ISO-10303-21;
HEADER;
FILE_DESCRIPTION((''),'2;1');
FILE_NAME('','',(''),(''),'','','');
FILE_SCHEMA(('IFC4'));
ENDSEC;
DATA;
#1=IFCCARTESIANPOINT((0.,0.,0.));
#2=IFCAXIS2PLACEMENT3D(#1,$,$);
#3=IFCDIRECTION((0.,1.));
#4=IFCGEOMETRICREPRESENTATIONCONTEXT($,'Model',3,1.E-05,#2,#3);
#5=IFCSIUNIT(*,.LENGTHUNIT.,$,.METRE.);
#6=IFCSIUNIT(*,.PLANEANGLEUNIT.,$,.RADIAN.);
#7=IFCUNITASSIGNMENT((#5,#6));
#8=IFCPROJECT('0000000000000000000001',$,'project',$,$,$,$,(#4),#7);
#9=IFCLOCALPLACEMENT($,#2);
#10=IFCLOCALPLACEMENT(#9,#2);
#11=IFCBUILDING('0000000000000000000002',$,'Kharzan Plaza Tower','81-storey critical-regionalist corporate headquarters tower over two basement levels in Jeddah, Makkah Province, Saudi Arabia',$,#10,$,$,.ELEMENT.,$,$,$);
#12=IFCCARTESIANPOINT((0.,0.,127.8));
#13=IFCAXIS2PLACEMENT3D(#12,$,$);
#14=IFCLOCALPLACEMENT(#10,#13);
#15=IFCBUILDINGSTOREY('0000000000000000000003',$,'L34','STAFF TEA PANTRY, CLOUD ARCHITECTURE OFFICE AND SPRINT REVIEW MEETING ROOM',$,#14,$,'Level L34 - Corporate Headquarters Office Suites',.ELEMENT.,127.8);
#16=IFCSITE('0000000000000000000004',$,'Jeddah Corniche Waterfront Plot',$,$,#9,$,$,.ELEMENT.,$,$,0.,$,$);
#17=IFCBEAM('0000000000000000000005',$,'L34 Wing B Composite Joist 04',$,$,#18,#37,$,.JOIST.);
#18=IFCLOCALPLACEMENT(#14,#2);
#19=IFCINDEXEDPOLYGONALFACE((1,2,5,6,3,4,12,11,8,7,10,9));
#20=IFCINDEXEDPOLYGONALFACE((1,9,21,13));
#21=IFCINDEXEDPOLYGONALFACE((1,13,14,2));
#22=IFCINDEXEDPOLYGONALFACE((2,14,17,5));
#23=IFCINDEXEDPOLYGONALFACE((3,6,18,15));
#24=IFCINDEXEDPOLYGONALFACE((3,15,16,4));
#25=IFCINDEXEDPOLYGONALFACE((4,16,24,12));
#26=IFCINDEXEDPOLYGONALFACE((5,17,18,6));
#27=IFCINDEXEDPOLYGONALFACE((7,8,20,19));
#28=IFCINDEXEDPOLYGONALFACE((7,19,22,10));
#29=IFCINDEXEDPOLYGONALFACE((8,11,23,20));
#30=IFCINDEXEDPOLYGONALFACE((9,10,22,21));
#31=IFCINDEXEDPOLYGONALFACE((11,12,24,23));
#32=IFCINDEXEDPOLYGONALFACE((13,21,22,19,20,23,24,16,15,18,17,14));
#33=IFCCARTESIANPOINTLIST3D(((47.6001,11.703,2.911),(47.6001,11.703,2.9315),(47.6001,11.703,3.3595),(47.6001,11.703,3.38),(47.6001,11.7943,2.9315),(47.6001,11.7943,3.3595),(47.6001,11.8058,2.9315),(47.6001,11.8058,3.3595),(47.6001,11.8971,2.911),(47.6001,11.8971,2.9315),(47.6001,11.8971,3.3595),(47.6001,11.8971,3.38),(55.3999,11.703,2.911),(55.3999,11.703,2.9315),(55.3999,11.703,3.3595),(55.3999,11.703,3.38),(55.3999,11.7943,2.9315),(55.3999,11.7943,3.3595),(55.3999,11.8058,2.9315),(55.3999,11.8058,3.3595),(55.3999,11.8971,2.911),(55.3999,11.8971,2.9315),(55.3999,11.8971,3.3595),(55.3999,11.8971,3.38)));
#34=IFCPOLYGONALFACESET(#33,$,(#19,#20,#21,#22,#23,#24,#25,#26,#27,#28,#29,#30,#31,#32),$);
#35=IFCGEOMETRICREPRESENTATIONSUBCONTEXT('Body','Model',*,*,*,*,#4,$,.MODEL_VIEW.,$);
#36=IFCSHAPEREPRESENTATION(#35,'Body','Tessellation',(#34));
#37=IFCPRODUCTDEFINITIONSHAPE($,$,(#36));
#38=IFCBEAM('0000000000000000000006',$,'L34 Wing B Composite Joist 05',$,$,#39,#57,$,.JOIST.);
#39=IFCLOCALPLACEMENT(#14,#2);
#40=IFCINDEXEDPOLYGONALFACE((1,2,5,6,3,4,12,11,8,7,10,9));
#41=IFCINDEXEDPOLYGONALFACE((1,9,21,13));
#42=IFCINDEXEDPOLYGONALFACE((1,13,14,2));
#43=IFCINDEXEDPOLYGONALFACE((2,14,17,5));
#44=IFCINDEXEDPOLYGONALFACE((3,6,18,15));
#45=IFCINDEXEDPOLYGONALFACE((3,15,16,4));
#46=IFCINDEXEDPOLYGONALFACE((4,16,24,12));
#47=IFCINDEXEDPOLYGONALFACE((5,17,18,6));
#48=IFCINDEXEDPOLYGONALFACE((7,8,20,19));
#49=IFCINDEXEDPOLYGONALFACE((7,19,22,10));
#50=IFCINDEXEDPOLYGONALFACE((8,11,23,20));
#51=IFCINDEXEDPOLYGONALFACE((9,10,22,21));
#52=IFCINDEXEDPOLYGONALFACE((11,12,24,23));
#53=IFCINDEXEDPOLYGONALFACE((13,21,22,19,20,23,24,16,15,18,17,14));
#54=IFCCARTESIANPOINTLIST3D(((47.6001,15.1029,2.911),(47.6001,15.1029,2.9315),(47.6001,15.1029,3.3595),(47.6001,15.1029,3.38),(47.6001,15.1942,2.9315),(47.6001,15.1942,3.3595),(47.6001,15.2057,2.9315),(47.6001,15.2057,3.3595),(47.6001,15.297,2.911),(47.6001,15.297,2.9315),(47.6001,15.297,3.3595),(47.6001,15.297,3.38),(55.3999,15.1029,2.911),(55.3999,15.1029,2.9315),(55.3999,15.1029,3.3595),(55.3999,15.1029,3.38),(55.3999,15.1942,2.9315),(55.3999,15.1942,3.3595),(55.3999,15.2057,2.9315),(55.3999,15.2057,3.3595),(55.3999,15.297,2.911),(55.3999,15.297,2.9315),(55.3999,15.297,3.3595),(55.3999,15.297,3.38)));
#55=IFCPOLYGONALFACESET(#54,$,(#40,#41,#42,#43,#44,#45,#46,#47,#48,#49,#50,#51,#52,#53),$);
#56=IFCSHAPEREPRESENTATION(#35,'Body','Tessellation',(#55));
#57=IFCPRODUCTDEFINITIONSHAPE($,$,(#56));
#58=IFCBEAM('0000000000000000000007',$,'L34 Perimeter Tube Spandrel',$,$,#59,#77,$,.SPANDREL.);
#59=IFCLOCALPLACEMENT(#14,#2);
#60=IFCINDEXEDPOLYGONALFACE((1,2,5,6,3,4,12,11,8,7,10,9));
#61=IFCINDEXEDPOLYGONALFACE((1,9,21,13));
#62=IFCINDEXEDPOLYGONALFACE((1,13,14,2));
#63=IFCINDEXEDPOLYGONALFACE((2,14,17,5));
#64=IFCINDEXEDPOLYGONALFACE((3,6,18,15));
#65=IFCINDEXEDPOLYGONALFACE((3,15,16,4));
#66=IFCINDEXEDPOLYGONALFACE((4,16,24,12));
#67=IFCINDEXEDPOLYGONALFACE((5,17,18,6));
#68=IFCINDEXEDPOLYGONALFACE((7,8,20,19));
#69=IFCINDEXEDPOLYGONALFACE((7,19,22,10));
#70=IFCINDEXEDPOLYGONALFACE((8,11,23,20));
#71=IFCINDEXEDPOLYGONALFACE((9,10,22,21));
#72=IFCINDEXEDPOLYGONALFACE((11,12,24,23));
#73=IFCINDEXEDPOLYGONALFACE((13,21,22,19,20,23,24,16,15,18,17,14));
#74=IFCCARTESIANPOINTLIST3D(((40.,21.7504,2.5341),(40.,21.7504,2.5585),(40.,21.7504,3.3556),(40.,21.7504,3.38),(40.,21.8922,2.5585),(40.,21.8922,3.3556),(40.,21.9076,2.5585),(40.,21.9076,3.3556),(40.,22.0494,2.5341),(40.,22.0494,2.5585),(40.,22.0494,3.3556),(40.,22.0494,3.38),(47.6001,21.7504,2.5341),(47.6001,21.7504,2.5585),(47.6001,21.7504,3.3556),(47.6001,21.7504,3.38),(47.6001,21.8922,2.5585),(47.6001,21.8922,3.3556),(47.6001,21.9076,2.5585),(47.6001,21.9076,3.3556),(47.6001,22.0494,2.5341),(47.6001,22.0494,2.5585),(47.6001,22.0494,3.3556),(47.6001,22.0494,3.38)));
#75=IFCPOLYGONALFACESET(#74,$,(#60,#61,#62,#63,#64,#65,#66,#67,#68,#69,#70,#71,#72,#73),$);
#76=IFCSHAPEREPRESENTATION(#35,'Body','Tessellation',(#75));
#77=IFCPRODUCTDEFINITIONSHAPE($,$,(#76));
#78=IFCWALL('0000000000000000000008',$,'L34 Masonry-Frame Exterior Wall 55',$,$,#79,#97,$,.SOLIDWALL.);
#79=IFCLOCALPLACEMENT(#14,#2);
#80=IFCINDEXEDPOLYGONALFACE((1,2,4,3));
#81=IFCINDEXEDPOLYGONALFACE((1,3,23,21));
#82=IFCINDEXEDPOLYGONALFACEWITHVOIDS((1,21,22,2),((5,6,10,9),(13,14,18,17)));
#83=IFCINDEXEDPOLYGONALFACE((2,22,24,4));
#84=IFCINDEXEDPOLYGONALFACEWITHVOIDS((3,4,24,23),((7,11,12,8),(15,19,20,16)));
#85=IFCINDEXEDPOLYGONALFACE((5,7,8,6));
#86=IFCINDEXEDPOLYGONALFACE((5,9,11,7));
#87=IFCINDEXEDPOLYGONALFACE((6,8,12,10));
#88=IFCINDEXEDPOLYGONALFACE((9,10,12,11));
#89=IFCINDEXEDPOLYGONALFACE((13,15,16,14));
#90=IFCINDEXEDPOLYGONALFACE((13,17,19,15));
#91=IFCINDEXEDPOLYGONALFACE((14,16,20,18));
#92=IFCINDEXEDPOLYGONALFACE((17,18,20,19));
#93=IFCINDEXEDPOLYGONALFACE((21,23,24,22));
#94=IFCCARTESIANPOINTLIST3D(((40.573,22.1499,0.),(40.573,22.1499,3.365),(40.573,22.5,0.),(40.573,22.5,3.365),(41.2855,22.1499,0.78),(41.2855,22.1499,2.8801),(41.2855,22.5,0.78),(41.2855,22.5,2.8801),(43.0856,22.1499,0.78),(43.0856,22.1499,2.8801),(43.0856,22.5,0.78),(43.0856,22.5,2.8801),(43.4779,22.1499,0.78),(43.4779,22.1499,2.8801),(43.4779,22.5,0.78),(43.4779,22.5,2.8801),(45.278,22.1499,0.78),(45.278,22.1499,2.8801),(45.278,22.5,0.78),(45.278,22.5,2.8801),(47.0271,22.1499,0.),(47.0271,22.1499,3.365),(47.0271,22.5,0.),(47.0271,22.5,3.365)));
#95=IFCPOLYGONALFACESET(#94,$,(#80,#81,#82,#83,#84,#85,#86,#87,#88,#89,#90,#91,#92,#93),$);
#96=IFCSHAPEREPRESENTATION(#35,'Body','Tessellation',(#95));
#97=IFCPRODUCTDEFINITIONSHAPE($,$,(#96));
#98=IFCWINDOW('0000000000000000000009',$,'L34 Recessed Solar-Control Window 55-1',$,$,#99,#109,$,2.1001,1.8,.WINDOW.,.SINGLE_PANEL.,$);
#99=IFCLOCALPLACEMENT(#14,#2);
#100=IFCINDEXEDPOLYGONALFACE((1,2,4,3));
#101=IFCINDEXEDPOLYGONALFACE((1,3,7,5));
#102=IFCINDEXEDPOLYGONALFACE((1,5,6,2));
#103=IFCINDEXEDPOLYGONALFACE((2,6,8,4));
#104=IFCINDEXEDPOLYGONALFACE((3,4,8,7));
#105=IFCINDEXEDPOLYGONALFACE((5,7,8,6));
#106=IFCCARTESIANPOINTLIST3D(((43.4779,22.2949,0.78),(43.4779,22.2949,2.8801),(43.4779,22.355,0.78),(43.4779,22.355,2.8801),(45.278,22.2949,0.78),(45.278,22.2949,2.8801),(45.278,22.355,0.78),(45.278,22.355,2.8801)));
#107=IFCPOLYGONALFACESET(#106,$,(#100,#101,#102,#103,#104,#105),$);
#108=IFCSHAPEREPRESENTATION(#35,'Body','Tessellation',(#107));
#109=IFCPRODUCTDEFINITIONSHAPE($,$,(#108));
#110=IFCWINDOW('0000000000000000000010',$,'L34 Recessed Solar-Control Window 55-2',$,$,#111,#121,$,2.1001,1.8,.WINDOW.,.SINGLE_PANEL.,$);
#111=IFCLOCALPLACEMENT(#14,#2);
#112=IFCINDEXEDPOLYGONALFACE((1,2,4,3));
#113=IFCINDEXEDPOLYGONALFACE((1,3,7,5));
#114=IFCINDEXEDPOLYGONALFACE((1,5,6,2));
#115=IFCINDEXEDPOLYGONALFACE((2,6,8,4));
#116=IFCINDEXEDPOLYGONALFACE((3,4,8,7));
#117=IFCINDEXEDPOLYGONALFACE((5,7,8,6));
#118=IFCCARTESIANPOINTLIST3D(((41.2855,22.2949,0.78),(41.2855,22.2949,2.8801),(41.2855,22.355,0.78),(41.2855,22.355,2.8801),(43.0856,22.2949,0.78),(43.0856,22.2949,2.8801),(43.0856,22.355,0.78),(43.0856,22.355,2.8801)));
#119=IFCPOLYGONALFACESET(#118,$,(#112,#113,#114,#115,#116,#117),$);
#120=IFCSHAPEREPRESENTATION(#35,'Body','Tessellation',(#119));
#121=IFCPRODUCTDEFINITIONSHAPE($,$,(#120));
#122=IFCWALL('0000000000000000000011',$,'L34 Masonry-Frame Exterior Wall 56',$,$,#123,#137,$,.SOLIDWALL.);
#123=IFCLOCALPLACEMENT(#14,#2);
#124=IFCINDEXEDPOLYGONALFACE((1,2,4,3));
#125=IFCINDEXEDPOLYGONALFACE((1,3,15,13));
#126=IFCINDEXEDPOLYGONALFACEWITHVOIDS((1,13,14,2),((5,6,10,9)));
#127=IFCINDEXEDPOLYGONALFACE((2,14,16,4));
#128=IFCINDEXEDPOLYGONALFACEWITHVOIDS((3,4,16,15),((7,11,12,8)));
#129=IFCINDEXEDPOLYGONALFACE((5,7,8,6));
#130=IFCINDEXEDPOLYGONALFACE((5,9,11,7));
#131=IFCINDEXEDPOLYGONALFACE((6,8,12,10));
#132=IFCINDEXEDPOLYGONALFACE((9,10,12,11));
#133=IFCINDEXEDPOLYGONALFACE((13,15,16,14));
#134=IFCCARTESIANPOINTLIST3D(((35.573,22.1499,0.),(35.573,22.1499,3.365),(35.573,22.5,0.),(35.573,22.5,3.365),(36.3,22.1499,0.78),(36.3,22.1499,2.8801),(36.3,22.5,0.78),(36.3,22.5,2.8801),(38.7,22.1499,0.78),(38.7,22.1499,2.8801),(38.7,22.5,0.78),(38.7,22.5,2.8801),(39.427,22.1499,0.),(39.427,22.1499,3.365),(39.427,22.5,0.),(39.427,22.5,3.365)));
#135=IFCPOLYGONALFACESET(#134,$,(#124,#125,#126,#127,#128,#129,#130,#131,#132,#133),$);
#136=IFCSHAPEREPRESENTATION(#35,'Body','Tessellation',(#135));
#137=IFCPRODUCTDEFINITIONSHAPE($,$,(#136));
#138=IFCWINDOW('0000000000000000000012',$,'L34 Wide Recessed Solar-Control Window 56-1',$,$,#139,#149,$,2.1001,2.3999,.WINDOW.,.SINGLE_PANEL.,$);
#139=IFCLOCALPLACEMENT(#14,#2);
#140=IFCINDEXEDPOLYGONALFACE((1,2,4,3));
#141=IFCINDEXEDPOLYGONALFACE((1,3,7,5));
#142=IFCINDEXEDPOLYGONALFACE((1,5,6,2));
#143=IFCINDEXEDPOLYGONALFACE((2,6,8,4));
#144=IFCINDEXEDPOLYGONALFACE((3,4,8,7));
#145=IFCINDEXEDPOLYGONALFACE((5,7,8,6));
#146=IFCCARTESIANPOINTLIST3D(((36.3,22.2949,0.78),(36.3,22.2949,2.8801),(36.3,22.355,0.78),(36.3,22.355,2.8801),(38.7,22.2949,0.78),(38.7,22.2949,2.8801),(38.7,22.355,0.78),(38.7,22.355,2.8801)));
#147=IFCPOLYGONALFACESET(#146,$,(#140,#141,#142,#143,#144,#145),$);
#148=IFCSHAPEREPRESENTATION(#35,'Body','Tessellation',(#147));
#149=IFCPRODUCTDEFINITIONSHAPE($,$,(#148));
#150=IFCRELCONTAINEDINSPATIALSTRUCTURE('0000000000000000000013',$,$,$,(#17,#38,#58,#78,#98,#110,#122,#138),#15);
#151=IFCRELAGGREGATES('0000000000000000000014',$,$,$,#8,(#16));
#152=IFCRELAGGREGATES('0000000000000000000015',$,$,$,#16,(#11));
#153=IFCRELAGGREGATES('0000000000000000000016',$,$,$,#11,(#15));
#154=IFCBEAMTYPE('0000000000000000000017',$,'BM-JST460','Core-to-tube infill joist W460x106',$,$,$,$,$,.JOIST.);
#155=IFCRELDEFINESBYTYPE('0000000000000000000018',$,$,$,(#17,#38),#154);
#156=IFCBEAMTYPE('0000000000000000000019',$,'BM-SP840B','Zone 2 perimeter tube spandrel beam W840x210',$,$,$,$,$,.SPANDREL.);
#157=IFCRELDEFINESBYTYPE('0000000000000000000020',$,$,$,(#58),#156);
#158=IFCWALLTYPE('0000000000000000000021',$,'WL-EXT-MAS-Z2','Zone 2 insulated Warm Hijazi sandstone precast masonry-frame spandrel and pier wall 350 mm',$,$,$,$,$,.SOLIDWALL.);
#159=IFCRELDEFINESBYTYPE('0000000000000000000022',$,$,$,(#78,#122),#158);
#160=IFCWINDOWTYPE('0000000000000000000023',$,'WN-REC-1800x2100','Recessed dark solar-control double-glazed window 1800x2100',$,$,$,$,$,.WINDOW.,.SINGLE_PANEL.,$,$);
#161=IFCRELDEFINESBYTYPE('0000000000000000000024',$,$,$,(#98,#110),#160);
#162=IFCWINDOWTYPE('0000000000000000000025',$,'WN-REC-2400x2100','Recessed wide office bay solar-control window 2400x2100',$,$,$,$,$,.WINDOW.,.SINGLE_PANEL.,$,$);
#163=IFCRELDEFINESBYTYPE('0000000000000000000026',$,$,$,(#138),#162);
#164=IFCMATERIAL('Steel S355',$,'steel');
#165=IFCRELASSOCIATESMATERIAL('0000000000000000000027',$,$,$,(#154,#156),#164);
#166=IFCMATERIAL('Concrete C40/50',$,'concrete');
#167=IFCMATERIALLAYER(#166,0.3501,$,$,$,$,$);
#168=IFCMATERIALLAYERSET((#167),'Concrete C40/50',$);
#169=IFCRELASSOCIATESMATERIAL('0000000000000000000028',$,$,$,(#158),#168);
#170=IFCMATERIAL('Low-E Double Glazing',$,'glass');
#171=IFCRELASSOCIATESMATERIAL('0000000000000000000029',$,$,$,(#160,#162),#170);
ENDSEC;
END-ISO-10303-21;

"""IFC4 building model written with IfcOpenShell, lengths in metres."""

from ifc_helpers import new_model, si_unit, direction, frame, frame_2d, origin, origin_2d, place, context, subcontext, project, spatial, rectangle, i_section, extrude, source, transform, mapped, material, layer, layer_set, material_profile, profile_set, type_object, element, fill, save


model = new_model("IFC4")

# Units and contexts
model_context = context("Model", 3, precision=1e-05, world=origin(), true_north=direction((0.0, 1.0)))
body_context = subcontext(model_context, "Body", "Model", "MODEL_VIEW")
ifc_project = project(units=[si_unit("LENGTHUNIT", "METRE"), si_unit("PLANEANGLEUNIT", "RADIAN")], contexts=[model_context])

# Site, building, storey
site_placement = place(None, origin())
site = spatial("IfcSite", under=ifc_project, at=site_placement, Name="Jeddah Corniche Waterfront Plot", CompositionType="ELEMENT", RefElevation=0.0)
building_placement = place(site_placement, origin())
building = spatial("IfcBuilding", under=site, at=building_placement, Name="Kharzan Plaza Tower", Description="81-storey critical-regionalist corporate headquarters tower over two basement levels in Jeddah, Makkah Province, Saudi Arabia", CompositionType="ELEMENT")
storey_placement = place(building_placement, frame((0.0, 0.0, 127.8)))
storey = spatial("IfcBuildingStorey", under=building, at=storey_placement, Name="L34", Description="STAFF TEA PANTRY, CLOUD ARCHITECTURE OFFICE AND SPRINT REVIEW MEETING ROOM", LongName="Level L34 - Corporate Headquarters Office Suites", CompositionType="ELEMENT", Elevation=127.8)

# Beams
ifc_material_1 = material(Name="Steel S355", Category="steel")
ifc_material_profile_1 = material_profile(ifc_material_1, i_section(OverallWidth=0.1941, OverallDepth=0.469, WebThickness=0.0115, FlangeThickness=0.0205, at=origin_2d()), Name="W460x106")
ifc_profile_set_1 = profile_set([ifc_material_profile_1], Name="Steel S355")
beam_type_1 = type_object("IfcBeamType", Name="BM-JST460", Description="Core-to-tube infill joist W460x106", PredefinedType="JOIST", material=ifc_profile_set_1)
shared_shape_1 = source(origin(), body_context, "Body", "SweptSolid", [
    extrude(i_section(OverallWidth=0.1941, OverallDepth=0.469, WebThickness=0.0115, FlangeThickness=0.0205, at=origin_2d()), origin(), (0.0, 0.0, 1.0), 7.7998),
])
for number, where, z_axis, x_axis, name in (
    (1, (47.6001, 11.8, 3.1455), (1.0, 0.0, 0.0), (0.0, 1.0, 0.0), "L34 Wing B Composite Joist 04"),
    (2, (47.6001, 15.2, 3.1455), (1.0, 0.0, 0.0), (0.0, 1.0, 0.0), "L34 Wing B Composite Joist 05"),
):
    element("IfcBeam", number, at=place(storey_placement, frame(where, z_axis=z_axis, x_axis=x_axis)), inside=storey, type_object=beam_type_1, Name=name, PredefinedType="JOIST", context=body_context, shape_type="MappedRepresentation", body=[
        mapped(shared_shape_1, transform((0.0, 0.0, 0.0), x_axis=(1.0, 0.0, 0.0), y_axis=(0.0, 1.0, 0.0), z_axis=(0.0, 0.0, 1.0))),
    ])
ifc_material_profile_2 = material_profile(ifc_material_1, i_section(OverallWidth=0.2991, OverallDepth=0.8459, WebThickness=0.0154, FlangeThickness=0.0244, at=origin_2d()), Name="W840x210")
ifc_profile_set_2 = profile_set([ifc_material_profile_2], Name="Steel S355")
beam_type_2 = type_object("IfcBeamType", Name="BM-SP840B", Description="Zone 2 perimeter tube spandrel beam W840x210", PredefinedType="SPANDREL", material=ifc_profile_set_2)
shared_shape_2 = source(origin(), body_context, "Body", "SweptSolid", [
    extrude(i_section(OverallWidth=0.2991, OverallDepth=0.8459, WebThickness=0.0154, FlangeThickness=0.0244, at=origin_2d()), origin(), (0.0, 0.0, 1.0), 7.6001),
])
beam_1_placement = place(storey_placement, frame((40.0, 21.8999, 2.957), z_axis=(1.0, 0.0, 0.0), x_axis=(0.0, 1.0, 0.0)))
element("IfcBeam", 3, at=beam_1_placement, inside=storey, type_object=beam_type_2, Name="L34 Perimeter Tube Spandrel", PredefinedType="SPANDREL", context=body_context, shape_type="MappedRepresentation", body=[
    mapped(shared_shape_2, transform((0.0, 0.0, 0.0), x_axis=(1.0, 0.0, 0.0), y_axis=(0.0, 1.0, 0.0), z_axis=(0.0, 0.0, 1.0))),
])

# Wall, openings, windows
ifc_material_2 = material(Name="Concrete C40/50", Category="concrete")
ifc_layer_1 = layer(ifc_material_2, 0.3501)
ifc_layer_set_1 = layer_set([ifc_layer_1], Name="Concrete C40/50")
wall_type_1 = type_object("IfcWallType", Name="WL-EXT-MAS-Z2", Description="Zone 2 insulated Warm Hijazi sandstone precast masonry-frame spandrel and pier wall 350 mm", PredefinedType="SOLIDWALL", material=ifc_layer_set_1)
wall_1_placement = place(storey_placement, frame((47.0271, 22.325, 0.0), z_axis=(0.0, 0.0, 1.0), x_axis=(-1.0, 0.0, 0.0)))
wall_1 = element("IfcWall", 4, at=wall_1_placement, inside=storey, type_object=wall_type_1, Name="L34 Masonry-Frame Exterior Wall 55", PredefinedType="SOLIDWALL", context=body_context, shape_type="SweptSolid", body=[
    extrude(rectangle(XDim=6.4541, YDim=0.3501, at=frame_2d((3.2271, 0.0))), origin(), (0.0, 0.0, 1.0), 3.365),
])
opening_1_placement = place(wall_1_placement, frame((1.7493, 0.0, 0.78)))
opening_1 = element("IfcOpeningElement", 5, at=opening_1_placement, cuts=wall_1, PredefinedType="OPENING", context=body_context, shape_type="SweptSolid", body=[
    extrude(rectangle(XDim=1.8, YDim=2.1001, at=frame_2d((0.8999, 1.05))), frame((0.0, 0.1851, 0.0), z_axis=(0.0, -1.0, 0.0), x_axis=(1.0, 0.0, 0.0)), (0.0, 0.0, 1.0), 0.3701),
])
opening_2_placement = place(wall_1_placement, frame((3.9417, 0.0, 0.78)))
opening_2 = element("IfcOpeningElement", 6, at=opening_2_placement, cuts=wall_1, PredefinedType="OPENING", context=body_context, shape_type="SweptSolid", body=[
    extrude(rectangle(XDim=1.8, YDim=2.1001, at=frame_2d((0.8999, 1.05))), frame((0.0, 0.1851, 0.0), z_axis=(0.0, -1.0, 0.0), x_axis=(1.0, 0.0, 0.0)), (0.0, 0.0, 1.0), 0.3701),
])
ifc_material_3 = material(Name="Low-E Double Glazing", Category="glass")
window_type_1 = type_object("IfcWindowType", Name="WN-REC-1800x2100", Description="Recessed dark solar-control double-glazed window 1800x2100", PartitioningType="SINGLE_PANEL", PredefinedType="WINDOW", material=ifc_material_3)
shared_shape_3 = source(origin(), body_context, "Body", "SweptSolid", [
    extrude(rectangle(XDim=1.8, YDim=2.1001, at=frame_2d((0.8999, 1.05))), frame((0.0, 0.03, 0.0), z_axis=(0.0, -1.0, 0.0), x_axis=(1.0, 0.0, 0.0)), (0.0, 0.0, 1.0), 0.0601),
])
window_1_placement = place(opening_1_placement, origin())
window_1 = element("IfcWindow", 7, at=window_1_placement, inside=storey, type_object=window_type_1, Name="L34 Recessed Solar-Control Window 55-1", OverallHeight=2.1001, OverallWidth=1.8, PartitioningType="SINGLE_PANEL", PredefinedType="WINDOW", context=body_context, shape_type="MappedRepresentation", body=[
    mapped(shared_shape_3, transform((0.0, 0.0, 0.0), x_axis=(1.0, 0.0, 0.0), y_axis=(0.0, 1.0, 0.0), z_axis=(0.0, 0.0, 1.0))),
])
fill(opening_1, window_1)
window_2_placement = place(opening_2_placement, origin())
window_2 = element("IfcWindow", 8, at=window_2_placement, inside=storey, type_object=window_type_1, Name="L34 Recessed Solar-Control Window 55-2", OverallHeight=2.1001, OverallWidth=1.8, PartitioningType="SINGLE_PANEL", PredefinedType="WINDOW", context=body_context, shape_type="MappedRepresentation", body=[
    mapped(shared_shape_3, transform((0.0, 0.0, 0.0), x_axis=(1.0, 0.0, 0.0), y_axis=(0.0, 1.0, 0.0), z_axis=(0.0, 0.0, 1.0))),
])
fill(opening_2, window_2)

# Wall, opening, window
wall_2_placement = place(storey_placement, frame((39.427, 22.325, 0.0), z_axis=(0.0, 0.0, 1.0), x_axis=(-1.0, 0.0, 0.0)))
wall_2 = element("IfcWall", 9, at=wall_2_placement, inside=storey, type_object=wall_type_1, Name="L34 Masonry-Frame Exterior Wall 56", PredefinedType="SOLIDWALL", context=body_context, shape_type="SweptSolid", body=[
    extrude(rectangle(XDim=3.854, YDim=0.3501, at=frame_2d((1.927, 0.0))), origin(), (0.0, 0.0, 1.0), 3.365),
])
opening_3_placement = place(wall_2_placement, frame((0.7271, 0.0, 0.78)))
opening_3 = element("IfcOpeningElement", 10, at=opening_3_placement, cuts=wall_2, PredefinedType="OPENING", context=body_context, shape_type="SweptSolid", body=[
    extrude(rectangle(XDim=2.3999, YDim=2.1001, at=frame_2d((1.2, 1.05))), frame((0.0, 0.1851, 0.0), z_axis=(0.0, -1.0, 0.0), x_axis=(1.0, 0.0, 0.0)), (0.0, 0.0, 1.0), 0.3701),
])
window_type_2 = type_object("IfcWindowType", Name="WN-REC-2400x2100", Description="Recessed wide office bay solar-control window 2400x2100", PartitioningType="SINGLE_PANEL", PredefinedType="WINDOW", material=ifc_material_3)
shared_shape_4 = source(origin(), body_context, "Body", "SweptSolid", [
    extrude(rectangle(XDim=2.3999, YDim=2.1001, at=frame_2d((1.2, 1.05))), frame((0.0, 0.03, 0.0), z_axis=(0.0, -1.0, 0.0), x_axis=(1.0, 0.0, 0.0)), (0.0, 0.0, 1.0), 0.0601),
])
window_3_placement = place(opening_3_placement, origin())
window_3 = element("IfcWindow", 11, at=window_3_placement, inside=storey, type_object=window_type_2, Name="L34 Wide Recessed Solar-Control Window 56-1", OverallHeight=2.1001, OverallWidth=2.3999, PartitioningType="SINGLE_PANEL", PredefinedType="WINDOW", context=body_context, shape_type="MappedRepresentation", body=[
    mapped(shared_shape_4, transform((0.0, 0.0, 0.0), x_axis=(1.0, 0.0, 0.0), y_axis=(0.0, 1.0, 0.0), z_axis=(0.0, 0.0, 1.0))),
])
fill(opening_3, window_3)

save(model, "model.ifc")
